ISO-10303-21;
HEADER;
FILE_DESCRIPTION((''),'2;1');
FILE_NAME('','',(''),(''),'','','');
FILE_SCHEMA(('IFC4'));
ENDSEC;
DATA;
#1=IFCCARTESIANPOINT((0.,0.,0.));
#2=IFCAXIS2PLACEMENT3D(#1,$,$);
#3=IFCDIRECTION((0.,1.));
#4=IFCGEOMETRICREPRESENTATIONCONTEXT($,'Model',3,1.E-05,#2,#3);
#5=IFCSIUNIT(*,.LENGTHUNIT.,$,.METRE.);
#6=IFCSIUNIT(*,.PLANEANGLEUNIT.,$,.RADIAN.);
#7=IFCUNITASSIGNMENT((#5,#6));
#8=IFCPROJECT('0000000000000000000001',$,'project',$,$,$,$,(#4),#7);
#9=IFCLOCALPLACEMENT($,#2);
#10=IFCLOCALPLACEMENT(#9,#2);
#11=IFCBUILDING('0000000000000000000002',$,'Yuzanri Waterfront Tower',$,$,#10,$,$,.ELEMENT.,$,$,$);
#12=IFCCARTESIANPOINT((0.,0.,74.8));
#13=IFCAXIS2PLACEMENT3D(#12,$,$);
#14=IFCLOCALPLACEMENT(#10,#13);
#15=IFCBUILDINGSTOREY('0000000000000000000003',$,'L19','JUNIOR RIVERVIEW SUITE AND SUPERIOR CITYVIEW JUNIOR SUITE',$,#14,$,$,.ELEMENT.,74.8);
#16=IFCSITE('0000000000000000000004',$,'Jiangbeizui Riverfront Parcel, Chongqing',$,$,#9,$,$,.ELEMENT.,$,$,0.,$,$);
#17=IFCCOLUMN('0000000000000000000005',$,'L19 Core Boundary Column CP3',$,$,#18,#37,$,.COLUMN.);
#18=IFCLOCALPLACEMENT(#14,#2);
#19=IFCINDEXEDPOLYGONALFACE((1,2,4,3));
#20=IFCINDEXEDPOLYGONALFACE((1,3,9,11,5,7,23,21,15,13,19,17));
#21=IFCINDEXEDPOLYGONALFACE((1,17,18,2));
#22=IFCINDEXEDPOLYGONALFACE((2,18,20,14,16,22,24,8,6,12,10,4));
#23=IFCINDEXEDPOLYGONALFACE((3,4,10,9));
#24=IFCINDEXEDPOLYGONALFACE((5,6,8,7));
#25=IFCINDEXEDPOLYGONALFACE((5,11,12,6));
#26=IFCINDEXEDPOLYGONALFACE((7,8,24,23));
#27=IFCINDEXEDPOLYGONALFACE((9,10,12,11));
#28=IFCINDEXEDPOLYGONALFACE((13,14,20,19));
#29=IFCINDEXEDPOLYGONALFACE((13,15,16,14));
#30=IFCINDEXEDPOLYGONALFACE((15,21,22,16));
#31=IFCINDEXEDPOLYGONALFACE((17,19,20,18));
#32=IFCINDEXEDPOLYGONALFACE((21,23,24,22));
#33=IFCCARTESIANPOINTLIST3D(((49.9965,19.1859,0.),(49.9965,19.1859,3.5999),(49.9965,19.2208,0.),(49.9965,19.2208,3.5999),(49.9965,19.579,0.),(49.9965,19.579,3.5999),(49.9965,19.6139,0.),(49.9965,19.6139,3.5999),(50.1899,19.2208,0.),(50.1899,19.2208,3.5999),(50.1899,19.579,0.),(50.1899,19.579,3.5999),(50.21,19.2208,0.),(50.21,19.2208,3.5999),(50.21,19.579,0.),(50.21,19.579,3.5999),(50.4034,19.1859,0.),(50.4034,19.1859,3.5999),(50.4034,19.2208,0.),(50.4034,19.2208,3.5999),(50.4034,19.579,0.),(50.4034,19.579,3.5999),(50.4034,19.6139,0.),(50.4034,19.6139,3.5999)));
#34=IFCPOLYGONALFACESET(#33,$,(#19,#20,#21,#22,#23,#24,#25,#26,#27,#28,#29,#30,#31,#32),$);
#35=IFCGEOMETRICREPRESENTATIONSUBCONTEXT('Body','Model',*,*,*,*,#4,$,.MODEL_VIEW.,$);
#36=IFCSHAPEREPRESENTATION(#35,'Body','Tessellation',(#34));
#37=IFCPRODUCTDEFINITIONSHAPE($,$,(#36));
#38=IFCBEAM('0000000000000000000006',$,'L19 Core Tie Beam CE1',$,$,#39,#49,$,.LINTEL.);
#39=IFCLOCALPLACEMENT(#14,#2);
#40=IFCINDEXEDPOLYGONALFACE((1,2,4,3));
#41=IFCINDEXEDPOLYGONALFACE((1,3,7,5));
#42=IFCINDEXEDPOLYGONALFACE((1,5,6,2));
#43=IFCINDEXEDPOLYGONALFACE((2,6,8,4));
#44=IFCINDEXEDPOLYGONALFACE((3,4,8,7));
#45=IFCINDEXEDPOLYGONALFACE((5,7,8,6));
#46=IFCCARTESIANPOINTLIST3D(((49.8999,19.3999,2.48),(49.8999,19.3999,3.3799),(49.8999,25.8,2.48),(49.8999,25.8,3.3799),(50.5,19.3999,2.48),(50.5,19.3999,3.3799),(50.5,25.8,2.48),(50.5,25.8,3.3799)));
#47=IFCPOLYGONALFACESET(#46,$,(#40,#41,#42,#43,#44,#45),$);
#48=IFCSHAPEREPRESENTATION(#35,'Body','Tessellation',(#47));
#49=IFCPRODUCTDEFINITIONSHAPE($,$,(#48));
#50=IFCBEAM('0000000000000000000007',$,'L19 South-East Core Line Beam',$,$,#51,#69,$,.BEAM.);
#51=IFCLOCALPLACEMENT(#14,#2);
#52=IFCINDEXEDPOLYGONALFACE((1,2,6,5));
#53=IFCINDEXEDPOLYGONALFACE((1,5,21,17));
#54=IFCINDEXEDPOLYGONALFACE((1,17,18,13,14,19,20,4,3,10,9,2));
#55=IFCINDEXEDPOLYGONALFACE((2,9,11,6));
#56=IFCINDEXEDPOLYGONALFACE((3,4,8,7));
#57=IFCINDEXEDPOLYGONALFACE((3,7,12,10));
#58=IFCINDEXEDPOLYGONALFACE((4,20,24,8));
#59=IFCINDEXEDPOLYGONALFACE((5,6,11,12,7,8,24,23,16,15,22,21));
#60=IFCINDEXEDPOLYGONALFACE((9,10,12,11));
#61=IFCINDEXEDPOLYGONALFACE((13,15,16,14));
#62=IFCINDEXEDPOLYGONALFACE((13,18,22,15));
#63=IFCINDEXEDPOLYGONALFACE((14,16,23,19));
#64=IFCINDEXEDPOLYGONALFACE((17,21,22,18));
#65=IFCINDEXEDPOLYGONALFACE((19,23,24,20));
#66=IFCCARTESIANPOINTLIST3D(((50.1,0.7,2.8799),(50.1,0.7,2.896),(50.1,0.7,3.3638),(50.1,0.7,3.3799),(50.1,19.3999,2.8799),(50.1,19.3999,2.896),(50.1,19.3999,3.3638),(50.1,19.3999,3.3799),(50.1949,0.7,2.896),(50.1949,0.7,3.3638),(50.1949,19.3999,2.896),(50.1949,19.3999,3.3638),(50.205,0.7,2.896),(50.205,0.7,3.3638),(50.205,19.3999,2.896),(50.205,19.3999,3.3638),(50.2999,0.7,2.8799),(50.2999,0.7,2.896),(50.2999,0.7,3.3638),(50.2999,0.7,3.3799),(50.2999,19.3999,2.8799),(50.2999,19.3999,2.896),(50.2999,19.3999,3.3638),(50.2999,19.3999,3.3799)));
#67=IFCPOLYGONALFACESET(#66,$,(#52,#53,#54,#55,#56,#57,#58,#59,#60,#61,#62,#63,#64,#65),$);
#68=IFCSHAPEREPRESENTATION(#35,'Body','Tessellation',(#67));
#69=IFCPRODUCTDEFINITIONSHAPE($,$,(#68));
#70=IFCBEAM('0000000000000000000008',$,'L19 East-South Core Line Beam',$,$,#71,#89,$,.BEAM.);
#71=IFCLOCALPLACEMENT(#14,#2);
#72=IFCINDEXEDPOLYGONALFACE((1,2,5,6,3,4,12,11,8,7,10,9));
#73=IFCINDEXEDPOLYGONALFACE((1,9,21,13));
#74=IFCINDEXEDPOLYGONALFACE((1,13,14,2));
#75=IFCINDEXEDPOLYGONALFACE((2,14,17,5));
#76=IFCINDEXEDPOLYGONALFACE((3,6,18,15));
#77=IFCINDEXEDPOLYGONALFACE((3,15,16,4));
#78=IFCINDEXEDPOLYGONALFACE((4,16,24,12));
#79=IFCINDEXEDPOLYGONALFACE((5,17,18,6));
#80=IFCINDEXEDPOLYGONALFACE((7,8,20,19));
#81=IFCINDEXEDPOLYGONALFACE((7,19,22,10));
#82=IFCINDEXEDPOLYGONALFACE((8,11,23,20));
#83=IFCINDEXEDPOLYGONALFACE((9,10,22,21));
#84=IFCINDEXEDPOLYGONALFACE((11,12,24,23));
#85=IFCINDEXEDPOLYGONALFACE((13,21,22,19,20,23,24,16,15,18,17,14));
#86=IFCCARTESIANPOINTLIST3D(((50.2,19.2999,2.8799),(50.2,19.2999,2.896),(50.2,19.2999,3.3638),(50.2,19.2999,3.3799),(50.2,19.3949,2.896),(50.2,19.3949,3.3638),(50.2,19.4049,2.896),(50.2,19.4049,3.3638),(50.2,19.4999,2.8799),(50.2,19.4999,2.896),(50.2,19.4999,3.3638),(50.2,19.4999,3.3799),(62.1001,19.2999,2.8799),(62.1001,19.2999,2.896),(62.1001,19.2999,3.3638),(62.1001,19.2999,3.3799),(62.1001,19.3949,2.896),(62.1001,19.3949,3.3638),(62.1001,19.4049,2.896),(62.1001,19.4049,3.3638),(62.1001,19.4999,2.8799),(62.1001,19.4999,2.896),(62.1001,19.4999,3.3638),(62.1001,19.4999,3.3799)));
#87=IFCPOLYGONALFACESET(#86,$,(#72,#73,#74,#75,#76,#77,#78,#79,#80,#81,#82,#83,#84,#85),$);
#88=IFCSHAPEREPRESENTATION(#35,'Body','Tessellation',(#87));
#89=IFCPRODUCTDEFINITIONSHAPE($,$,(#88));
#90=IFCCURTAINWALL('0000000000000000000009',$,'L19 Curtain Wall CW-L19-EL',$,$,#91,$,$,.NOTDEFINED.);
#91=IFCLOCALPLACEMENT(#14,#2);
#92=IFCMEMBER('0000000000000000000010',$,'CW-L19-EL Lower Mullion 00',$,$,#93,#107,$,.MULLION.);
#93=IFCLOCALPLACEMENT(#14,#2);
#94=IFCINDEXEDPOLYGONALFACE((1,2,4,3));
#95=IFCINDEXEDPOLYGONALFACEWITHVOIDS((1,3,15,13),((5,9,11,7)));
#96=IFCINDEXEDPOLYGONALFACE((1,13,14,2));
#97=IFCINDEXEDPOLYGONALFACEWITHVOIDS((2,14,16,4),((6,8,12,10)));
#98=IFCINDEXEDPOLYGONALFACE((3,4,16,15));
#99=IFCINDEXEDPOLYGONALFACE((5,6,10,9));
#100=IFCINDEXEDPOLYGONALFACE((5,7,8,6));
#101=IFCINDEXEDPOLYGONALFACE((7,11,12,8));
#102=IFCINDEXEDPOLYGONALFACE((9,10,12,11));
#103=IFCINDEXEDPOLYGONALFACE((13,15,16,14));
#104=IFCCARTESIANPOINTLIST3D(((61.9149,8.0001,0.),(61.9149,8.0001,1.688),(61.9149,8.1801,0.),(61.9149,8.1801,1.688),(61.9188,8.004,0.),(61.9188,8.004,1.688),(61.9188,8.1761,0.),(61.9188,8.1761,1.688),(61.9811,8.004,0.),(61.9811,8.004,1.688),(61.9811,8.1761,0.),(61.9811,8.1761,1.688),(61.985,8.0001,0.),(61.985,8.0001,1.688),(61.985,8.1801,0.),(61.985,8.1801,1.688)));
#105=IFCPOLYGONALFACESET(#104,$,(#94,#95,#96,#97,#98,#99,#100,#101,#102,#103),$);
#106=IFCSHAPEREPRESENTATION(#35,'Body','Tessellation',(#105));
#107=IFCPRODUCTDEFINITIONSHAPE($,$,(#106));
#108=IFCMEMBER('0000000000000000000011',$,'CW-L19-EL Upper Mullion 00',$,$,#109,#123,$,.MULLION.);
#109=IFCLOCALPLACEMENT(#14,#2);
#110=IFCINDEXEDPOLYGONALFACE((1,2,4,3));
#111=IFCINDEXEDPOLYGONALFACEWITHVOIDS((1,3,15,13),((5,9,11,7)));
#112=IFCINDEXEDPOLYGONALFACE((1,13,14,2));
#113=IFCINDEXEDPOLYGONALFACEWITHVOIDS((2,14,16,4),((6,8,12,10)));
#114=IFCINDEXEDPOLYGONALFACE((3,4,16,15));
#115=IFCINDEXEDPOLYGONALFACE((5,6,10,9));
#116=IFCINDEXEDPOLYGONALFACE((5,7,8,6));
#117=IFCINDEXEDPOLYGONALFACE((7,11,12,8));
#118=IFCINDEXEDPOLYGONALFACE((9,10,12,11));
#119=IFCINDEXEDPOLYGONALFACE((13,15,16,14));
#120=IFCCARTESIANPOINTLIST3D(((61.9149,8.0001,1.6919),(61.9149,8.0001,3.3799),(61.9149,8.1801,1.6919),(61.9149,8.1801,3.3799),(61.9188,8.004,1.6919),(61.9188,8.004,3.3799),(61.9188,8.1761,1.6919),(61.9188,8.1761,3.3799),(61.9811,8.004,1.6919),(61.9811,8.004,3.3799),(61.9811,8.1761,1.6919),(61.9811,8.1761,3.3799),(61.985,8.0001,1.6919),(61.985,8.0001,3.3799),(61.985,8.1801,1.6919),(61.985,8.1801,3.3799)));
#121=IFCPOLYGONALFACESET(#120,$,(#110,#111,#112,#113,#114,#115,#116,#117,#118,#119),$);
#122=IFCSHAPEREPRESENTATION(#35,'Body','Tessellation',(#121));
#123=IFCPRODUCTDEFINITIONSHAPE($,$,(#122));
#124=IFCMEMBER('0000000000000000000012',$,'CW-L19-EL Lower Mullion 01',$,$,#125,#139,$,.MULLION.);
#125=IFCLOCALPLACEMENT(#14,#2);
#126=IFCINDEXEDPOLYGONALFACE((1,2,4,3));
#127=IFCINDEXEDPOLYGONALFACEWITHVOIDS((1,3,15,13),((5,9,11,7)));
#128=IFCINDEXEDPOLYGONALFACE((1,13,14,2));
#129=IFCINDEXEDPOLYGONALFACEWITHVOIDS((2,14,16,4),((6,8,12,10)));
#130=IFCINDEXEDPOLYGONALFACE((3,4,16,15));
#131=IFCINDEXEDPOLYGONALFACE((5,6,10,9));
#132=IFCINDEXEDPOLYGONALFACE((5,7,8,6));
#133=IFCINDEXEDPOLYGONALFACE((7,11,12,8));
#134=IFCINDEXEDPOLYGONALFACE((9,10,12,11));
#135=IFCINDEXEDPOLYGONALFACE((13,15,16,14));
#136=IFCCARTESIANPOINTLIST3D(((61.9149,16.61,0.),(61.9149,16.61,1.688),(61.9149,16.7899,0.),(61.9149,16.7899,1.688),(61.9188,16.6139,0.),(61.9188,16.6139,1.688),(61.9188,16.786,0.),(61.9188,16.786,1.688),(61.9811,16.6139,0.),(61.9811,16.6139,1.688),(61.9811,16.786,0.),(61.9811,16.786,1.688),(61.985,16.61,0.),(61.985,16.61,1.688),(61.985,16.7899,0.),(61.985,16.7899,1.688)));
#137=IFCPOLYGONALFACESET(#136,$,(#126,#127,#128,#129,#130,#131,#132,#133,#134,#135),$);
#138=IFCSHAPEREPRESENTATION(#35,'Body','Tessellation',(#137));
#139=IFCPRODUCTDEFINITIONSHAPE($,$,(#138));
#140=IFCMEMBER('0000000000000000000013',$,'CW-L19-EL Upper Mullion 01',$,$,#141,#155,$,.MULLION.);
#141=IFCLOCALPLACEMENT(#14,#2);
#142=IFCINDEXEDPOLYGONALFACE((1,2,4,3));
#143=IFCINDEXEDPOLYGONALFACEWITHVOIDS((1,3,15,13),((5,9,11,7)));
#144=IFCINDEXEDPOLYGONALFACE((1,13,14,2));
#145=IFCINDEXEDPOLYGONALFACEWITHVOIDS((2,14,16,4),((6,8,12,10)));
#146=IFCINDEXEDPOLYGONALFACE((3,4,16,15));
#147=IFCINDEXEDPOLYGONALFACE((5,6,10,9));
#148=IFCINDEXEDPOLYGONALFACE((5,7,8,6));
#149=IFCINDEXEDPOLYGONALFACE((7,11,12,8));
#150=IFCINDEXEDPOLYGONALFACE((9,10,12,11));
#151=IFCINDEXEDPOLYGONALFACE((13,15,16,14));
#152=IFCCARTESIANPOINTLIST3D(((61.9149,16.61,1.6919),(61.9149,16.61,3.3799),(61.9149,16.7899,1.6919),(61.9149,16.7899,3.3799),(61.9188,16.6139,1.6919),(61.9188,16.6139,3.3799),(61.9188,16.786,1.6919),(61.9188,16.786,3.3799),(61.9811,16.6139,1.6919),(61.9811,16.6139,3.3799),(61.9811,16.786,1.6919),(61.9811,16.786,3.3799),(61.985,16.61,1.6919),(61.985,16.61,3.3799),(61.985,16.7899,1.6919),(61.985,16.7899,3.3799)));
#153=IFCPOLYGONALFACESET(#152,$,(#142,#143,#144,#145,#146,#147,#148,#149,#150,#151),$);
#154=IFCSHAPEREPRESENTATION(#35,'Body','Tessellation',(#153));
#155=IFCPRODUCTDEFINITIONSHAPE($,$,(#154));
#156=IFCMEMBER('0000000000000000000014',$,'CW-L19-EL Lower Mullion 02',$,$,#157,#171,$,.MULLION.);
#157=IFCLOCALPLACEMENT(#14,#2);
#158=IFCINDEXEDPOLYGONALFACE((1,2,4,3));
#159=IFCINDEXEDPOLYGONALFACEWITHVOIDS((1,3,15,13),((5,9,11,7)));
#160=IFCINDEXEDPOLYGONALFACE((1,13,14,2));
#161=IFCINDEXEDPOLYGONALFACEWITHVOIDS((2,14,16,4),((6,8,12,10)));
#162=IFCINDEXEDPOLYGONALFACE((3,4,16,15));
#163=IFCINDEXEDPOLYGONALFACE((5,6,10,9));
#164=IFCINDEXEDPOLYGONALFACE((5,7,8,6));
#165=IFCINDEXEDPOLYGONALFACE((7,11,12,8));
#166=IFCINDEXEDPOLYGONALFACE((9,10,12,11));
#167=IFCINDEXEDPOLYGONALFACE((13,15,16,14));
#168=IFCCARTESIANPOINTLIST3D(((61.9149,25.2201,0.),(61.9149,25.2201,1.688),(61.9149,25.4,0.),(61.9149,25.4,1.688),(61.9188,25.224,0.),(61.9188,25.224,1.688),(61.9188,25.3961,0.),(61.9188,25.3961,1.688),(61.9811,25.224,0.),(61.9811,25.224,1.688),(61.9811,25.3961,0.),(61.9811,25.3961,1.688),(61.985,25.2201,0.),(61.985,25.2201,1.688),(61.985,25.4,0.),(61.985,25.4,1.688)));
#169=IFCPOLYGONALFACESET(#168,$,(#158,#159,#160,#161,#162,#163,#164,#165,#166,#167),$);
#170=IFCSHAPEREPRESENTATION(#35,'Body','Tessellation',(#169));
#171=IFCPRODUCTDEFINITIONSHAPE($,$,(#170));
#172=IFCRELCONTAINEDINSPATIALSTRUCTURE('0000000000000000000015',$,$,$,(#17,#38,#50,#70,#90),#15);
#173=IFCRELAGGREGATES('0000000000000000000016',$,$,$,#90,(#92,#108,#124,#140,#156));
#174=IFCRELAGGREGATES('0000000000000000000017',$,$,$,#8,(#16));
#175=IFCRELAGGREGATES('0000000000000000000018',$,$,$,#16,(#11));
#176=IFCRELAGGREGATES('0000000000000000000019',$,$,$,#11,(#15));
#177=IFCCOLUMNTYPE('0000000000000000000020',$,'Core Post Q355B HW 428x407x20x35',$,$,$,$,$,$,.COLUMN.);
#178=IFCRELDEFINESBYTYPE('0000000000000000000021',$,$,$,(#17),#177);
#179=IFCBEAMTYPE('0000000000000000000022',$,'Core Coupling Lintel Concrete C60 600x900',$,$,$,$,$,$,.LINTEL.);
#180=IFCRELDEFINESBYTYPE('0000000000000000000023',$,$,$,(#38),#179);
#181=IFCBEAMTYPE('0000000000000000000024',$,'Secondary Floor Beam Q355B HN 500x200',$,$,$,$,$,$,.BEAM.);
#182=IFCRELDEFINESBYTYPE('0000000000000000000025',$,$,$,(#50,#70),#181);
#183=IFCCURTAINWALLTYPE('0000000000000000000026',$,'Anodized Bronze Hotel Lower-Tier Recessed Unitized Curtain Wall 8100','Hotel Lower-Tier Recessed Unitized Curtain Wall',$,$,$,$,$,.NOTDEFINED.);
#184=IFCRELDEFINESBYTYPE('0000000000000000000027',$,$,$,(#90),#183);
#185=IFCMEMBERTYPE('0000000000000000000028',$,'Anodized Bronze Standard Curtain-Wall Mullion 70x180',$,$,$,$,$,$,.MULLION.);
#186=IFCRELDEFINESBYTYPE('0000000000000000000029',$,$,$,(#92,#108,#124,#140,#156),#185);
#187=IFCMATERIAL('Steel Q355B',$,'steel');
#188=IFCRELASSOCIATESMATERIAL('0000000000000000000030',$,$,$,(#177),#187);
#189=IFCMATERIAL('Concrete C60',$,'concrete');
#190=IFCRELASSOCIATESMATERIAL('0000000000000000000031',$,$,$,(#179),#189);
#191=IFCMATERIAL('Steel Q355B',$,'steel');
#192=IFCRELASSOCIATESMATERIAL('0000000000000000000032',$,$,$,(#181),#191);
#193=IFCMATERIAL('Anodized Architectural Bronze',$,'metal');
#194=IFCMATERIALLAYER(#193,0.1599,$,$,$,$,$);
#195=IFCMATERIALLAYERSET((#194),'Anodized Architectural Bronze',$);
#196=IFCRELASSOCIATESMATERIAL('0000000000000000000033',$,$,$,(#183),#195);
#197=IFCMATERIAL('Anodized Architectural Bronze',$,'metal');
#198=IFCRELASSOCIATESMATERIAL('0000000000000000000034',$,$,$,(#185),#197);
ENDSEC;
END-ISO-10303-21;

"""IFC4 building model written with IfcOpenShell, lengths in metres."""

from ifc_helpers import new_model, si_unit, direction, frame, origin, origin_2d, place, context, subcontext, project, spatial, rectangle, hollow_rectangle, i_section, extrude, source, transform, mapped, material, layer, layer_set, material_profile, profile_set, type_object, element, aggregate, save


model = new_model("IFC4")

# Units and contexts
model_context = context("Model", 3, precision=1e-05, world=origin(), true_north=direction((0.0, 1.0)))
body_context = subcontext(model_context, "Body", "Model", "MODEL_VIEW")
ifc_project = project(units=[si_unit("LENGTHUNIT", "METRE"), si_unit("PLANEANGLEUNIT", "RADIAN")], contexts=[model_context])

# Site, building, storey
site_placement = place(None, origin())
site = spatial("IfcSite", under=ifc_project, at=site_placement, Name="Jiangbeizui Riverfront Parcel, Chongqing", CompositionType="ELEMENT", RefElevation=0.0)
building_placement = place(site_placement, origin())
building = spatial("IfcBuilding", under=site, at=building_placement, Name="Yuzanri Waterfront Tower", CompositionType="ELEMENT")
storey_placement = place(building_placement, frame((0.0, 0.0, 74.8)))
storey = spatial("IfcBuildingStorey", under=building, at=storey_placement, Name="L19", Description="JUNIOR RIVERVIEW SUITE AND SUPERIOR CITYVIEW JUNIOR SUITE", CompositionType="ELEMENT", Elevation=74.8)

# Column
ifc_material_1 = material(Name="Steel Q355B", Category="steel")
ifc_material_profile_1 = material_profile(ifc_material_1, i_section(OverallWidth=0.407, OverallDepth=0.428, WebThickness=0.02, FlangeThickness=0.0349, at=origin_2d()), Name="HW 428x407x20x35")
ifc_profile_set_1 = profile_set([ifc_material_profile_1], Name="Steel Q355B")
column_type = type_object("IfcColumnType", Name="Core Post Q355B HW 428x407x20x35", PredefinedType="COLUMN", material=ifc_profile_set_1)
shared_shape_1 = source(origin(), body_context, "Body", "SweptSolid", [
    extrude(i_section(OverallWidth=0.407, OverallDepth=0.428, WebThickness=0.02, FlangeThickness=0.0349, at=origin_2d()), origin(), (0.0, 0.0, 1.0), 3.5999),
])
column_placement = place(storey_placement, frame((50.2, 19.3999, 0.0), z_axis=(0.0, 0.0, 1.0), x_axis=(1.0, 0.0, 0.0)))
element("IfcColumn", 1, at=column_placement, inside=storey, type_object=column_type, Name="L19 Core Boundary Column CP3", PredefinedType="COLUMN", context=body_context, shape_type="MappedRepresentation", body=[
    mapped(shared_shape_1, transform((0.0, 0.0, 0.0), scale=1.0)),
])

# Beams
ifc_material_2 = material(Name="Concrete C60", Category="concrete")
ifc_material_profile_2 = material_profile(ifc_material_2, rectangle(XDim=0.6001, YDim=0.8999, at=origin_2d()), Name="RC 600x900")
ifc_profile_set_2 = profile_set([ifc_material_profile_2], Name="Concrete C60")
beam_type_1 = type_object("IfcBeamType", Name="Core Coupling Lintel Concrete C60 600x900", PredefinedType="LINTEL", material=ifc_profile_set_2)
shared_shape_2 = source(origin(), body_context, "Body", "SweptSolid", [
    extrude(rectangle(XDim=0.6001, YDim=0.8999, at=origin_2d()), origin(), (0.0, 0.0, 1.0), 6.4001),
])
beam_1_placement = place(storey_placement, frame((50.2, 19.3999, 2.9299), z_axis=(0.0, 1.0, 0.0), x_axis=(-1.0, 0.0, 0.0)))
element("IfcBeam", 2, at=beam_1_placement, inside=storey, type_object=beam_type_1, Name="L19 Core Tie Beam CE1", PredefinedType="LINTEL", context=body_context, shape_type="MappedRepresentation", body=[
    mapped(shared_shape_2, transform((0.0, 0.0, 0.0), scale=1.0)),
])
ifc_material_3 = material(Name="Steel Q355B", Category="steel")
ifc_material_profile_3 = material_profile(ifc_material_3, i_section(OverallWidth=0.2, OverallDepth=0.5, WebThickness=0.01, FlangeThickness=0.0161, at=origin_2d()), Name="HN 500x200x10x16")
ifc_profile_set_3 = profile_set([ifc_material_profile_3], Name="Steel Q355B")
beam_type_2 = type_object("IfcBeamType", Name="Secondary Floor Beam Q355B HN 500x200", PredefinedType="BEAM", material=ifc_profile_set_3)
shared_shape_3 = source(origin(), body_context, "Body", "SweptSolid", [
    extrude(i_section(OverallWidth=0.2, OverallDepth=0.5, WebThickness=0.01, FlangeThickness=0.0161, at=origin_2d()), origin(), (0.0, 0.0, 1.0), 18.7),
])
beam_2_placement = place(storey_placement, frame((50.2, 19.3999, 3.1299), z_axis=(0.0, -1.0, 0.0), x_axis=(1.0, 0.0, 0.0)))
element("IfcBeam", 3, at=beam_2_placement, inside=storey, type_object=beam_type_2, Name="L19 South-East Core Line Beam", PredefinedType="BEAM", context=body_context, shape_type="MappedRepresentation", body=[
    mapped(shared_shape_3, transform((0.0, 0.0, 0.0), scale=1.0)),
])
shared_shape_4 = source(origin(), body_context, "Body", "SweptSolid", [
    extrude(i_section(OverallWidth=0.2, OverallDepth=0.5, WebThickness=0.01, FlangeThickness=0.0161, at=origin_2d()), origin(), (0.0, 0.0, 1.0), 11.9001),
])
beam_3_placement = place(storey_placement, frame((50.2, 19.3999, 3.1299), z_axis=(1.0, 0.0, 0.0), x_axis=(0.0, 1.0, 0.0)))
element("IfcBeam", 4, at=beam_3_placement, inside=storey, type_object=beam_type_2, Name="L19 East-South Core Line Beam", PredefinedType="BEAM", context=body_context, shape_type="MappedRepresentation", body=[
    mapped(shared_shape_4, transform((0.0, 0.0, 0.0), scale=1.0)),
])

# Curtain wall, members
ifc_material_4 = material(Name="Anodized Architectural Bronze", Category="metal")
ifc_layer_1 = layer(ifc_material_4, 0.1599)
ifc_layer_set_1 = layer_set([ifc_layer_1], Name="Anodized Architectural Bronze")
curtain_wall_type = type_object("IfcCurtainWallType", Name="Anodized Bronze Hotel Lower-Tier Recessed Unitized Curtain Wall 8100", Description="Hotel Lower-Tier Recessed Unitized Curtain Wall", PredefinedType="NOTDEFINED", material=ifc_layer_set_1)
curtain_wall_placement = place(storey_placement, origin())
curtain_wall = element("IfcCurtainWall", 5, at=curtain_wall_placement, inside=storey, type_object=curtain_wall_type, Name="L19 Curtain Wall CW-L19-EL", PredefinedType="NOTDEFINED")
ifc_material_5 = material(Name="Anodized Architectural Bronze", Category="metal")
ifc_material_profile_4 = material_profile(ifc_material_5, hollow_rectangle(XDim=0.0701, YDim=0.1799, WallThickness=0.0039, at=origin_2d()), Name="CWM 70x180")
ifc_profile_set_4 = profile_set([ifc_material_profile_4], Name="Anodized Architectural Bronze")
member_type = type_object("IfcMemberType", Name="Anodized Bronze Standard Curtain-Wall Mullion 70x180", PredefinedType="MULLION", material=ifc_profile_set_4)
shared_shape_5 = source(origin(), body_context, "Body", "SweptSolid", [
    extrude(hollow_rectangle(XDim=0.0701, YDim=0.1799, WallThickness=0.0039, at=origin_2d()), origin(), (0.0, 0.0, 1.0), 1.688),
])
member_1_placement = place(storey_placement, frame((61.95, 8.0901, 0.0), z_axis=(0.0, 0.0, 1.0), x_axis=(1.0, 0.0, 0.0)))
member_1 = element("IfcMember", 6, at=member_1_placement, type_object=member_type, Name="CW-L19-EL Lower Mullion 00", PredefinedType="MULLION", context=body_context, shape_type="MappedRepresentation", body=[
    mapped(shared_shape_5, transform((0.0, 0.0, 0.0), scale=1.0)),
])
member_2_placement = place(storey_placement, frame((61.95, 8.0901, 1.6919), z_axis=(0.0, 0.0, 1.0), x_axis=(1.0, 0.0, 0.0)))
member_2 = element("IfcMember", 7, at=member_2_placement, type_object=member_type, Name="CW-L19-EL Upper Mullion 00", PredefinedType="MULLION", context=body_context, shape_type="MappedRepresentation", body=[
    mapped(shared_shape_5, transform((0.0, 0.0, 0.0), scale=1.0)),
])
member_3_placement = place(storey_placement, frame((61.95, 16.7, 0.0), z_axis=(0.0, 0.0, 1.0), x_axis=(1.0, 0.0, 0.0)))
member_3 = element("IfcMember", 8, at=member_3_placement, type_object=member_type, Name="CW-L19-EL Lower Mullion 01", PredefinedType="MULLION", context=body_context, shape_type="MappedRepresentation", body=[
    mapped(shared_shape_5, transform((0.0, 0.0, 0.0), scale=1.0)),
])
member_4_placement = place(storey_placement, frame((61.95, 16.7, 1.6919), z_axis=(0.0, 0.0, 1.0), x_axis=(1.0, 0.0, 0.0)))
member_4 = element("IfcMember", 9, at=member_4_placement, type_object=member_type, Name="CW-L19-EL Upper Mullion 01", PredefinedType="MULLION", context=body_context, shape_type="MappedRepresentation", body=[
    mapped(shared_shape_5, transform((0.0, 0.0, 0.0), scale=1.0)),
])
member_5_placement = place(storey_placement, frame((61.95, 25.3101, 0.0), z_axis=(0.0, 0.0, 1.0), x_axis=(1.0, 0.0, 0.0)))
member_5 = element("IfcMember", 10, at=member_5_placement, type_object=member_type, Name="CW-L19-EL Lower Mullion 02", PredefinedType="MULLION", context=body_context, shape_type="MappedRepresentation", body=[
    mapped(shared_shape_5, transform((0.0, 0.0, 0.0), scale=1.0)),
])
aggregate(curtain_wall, [member_1, member_2, member_3, member_4, member_5])

save(model, "model.ifc")
